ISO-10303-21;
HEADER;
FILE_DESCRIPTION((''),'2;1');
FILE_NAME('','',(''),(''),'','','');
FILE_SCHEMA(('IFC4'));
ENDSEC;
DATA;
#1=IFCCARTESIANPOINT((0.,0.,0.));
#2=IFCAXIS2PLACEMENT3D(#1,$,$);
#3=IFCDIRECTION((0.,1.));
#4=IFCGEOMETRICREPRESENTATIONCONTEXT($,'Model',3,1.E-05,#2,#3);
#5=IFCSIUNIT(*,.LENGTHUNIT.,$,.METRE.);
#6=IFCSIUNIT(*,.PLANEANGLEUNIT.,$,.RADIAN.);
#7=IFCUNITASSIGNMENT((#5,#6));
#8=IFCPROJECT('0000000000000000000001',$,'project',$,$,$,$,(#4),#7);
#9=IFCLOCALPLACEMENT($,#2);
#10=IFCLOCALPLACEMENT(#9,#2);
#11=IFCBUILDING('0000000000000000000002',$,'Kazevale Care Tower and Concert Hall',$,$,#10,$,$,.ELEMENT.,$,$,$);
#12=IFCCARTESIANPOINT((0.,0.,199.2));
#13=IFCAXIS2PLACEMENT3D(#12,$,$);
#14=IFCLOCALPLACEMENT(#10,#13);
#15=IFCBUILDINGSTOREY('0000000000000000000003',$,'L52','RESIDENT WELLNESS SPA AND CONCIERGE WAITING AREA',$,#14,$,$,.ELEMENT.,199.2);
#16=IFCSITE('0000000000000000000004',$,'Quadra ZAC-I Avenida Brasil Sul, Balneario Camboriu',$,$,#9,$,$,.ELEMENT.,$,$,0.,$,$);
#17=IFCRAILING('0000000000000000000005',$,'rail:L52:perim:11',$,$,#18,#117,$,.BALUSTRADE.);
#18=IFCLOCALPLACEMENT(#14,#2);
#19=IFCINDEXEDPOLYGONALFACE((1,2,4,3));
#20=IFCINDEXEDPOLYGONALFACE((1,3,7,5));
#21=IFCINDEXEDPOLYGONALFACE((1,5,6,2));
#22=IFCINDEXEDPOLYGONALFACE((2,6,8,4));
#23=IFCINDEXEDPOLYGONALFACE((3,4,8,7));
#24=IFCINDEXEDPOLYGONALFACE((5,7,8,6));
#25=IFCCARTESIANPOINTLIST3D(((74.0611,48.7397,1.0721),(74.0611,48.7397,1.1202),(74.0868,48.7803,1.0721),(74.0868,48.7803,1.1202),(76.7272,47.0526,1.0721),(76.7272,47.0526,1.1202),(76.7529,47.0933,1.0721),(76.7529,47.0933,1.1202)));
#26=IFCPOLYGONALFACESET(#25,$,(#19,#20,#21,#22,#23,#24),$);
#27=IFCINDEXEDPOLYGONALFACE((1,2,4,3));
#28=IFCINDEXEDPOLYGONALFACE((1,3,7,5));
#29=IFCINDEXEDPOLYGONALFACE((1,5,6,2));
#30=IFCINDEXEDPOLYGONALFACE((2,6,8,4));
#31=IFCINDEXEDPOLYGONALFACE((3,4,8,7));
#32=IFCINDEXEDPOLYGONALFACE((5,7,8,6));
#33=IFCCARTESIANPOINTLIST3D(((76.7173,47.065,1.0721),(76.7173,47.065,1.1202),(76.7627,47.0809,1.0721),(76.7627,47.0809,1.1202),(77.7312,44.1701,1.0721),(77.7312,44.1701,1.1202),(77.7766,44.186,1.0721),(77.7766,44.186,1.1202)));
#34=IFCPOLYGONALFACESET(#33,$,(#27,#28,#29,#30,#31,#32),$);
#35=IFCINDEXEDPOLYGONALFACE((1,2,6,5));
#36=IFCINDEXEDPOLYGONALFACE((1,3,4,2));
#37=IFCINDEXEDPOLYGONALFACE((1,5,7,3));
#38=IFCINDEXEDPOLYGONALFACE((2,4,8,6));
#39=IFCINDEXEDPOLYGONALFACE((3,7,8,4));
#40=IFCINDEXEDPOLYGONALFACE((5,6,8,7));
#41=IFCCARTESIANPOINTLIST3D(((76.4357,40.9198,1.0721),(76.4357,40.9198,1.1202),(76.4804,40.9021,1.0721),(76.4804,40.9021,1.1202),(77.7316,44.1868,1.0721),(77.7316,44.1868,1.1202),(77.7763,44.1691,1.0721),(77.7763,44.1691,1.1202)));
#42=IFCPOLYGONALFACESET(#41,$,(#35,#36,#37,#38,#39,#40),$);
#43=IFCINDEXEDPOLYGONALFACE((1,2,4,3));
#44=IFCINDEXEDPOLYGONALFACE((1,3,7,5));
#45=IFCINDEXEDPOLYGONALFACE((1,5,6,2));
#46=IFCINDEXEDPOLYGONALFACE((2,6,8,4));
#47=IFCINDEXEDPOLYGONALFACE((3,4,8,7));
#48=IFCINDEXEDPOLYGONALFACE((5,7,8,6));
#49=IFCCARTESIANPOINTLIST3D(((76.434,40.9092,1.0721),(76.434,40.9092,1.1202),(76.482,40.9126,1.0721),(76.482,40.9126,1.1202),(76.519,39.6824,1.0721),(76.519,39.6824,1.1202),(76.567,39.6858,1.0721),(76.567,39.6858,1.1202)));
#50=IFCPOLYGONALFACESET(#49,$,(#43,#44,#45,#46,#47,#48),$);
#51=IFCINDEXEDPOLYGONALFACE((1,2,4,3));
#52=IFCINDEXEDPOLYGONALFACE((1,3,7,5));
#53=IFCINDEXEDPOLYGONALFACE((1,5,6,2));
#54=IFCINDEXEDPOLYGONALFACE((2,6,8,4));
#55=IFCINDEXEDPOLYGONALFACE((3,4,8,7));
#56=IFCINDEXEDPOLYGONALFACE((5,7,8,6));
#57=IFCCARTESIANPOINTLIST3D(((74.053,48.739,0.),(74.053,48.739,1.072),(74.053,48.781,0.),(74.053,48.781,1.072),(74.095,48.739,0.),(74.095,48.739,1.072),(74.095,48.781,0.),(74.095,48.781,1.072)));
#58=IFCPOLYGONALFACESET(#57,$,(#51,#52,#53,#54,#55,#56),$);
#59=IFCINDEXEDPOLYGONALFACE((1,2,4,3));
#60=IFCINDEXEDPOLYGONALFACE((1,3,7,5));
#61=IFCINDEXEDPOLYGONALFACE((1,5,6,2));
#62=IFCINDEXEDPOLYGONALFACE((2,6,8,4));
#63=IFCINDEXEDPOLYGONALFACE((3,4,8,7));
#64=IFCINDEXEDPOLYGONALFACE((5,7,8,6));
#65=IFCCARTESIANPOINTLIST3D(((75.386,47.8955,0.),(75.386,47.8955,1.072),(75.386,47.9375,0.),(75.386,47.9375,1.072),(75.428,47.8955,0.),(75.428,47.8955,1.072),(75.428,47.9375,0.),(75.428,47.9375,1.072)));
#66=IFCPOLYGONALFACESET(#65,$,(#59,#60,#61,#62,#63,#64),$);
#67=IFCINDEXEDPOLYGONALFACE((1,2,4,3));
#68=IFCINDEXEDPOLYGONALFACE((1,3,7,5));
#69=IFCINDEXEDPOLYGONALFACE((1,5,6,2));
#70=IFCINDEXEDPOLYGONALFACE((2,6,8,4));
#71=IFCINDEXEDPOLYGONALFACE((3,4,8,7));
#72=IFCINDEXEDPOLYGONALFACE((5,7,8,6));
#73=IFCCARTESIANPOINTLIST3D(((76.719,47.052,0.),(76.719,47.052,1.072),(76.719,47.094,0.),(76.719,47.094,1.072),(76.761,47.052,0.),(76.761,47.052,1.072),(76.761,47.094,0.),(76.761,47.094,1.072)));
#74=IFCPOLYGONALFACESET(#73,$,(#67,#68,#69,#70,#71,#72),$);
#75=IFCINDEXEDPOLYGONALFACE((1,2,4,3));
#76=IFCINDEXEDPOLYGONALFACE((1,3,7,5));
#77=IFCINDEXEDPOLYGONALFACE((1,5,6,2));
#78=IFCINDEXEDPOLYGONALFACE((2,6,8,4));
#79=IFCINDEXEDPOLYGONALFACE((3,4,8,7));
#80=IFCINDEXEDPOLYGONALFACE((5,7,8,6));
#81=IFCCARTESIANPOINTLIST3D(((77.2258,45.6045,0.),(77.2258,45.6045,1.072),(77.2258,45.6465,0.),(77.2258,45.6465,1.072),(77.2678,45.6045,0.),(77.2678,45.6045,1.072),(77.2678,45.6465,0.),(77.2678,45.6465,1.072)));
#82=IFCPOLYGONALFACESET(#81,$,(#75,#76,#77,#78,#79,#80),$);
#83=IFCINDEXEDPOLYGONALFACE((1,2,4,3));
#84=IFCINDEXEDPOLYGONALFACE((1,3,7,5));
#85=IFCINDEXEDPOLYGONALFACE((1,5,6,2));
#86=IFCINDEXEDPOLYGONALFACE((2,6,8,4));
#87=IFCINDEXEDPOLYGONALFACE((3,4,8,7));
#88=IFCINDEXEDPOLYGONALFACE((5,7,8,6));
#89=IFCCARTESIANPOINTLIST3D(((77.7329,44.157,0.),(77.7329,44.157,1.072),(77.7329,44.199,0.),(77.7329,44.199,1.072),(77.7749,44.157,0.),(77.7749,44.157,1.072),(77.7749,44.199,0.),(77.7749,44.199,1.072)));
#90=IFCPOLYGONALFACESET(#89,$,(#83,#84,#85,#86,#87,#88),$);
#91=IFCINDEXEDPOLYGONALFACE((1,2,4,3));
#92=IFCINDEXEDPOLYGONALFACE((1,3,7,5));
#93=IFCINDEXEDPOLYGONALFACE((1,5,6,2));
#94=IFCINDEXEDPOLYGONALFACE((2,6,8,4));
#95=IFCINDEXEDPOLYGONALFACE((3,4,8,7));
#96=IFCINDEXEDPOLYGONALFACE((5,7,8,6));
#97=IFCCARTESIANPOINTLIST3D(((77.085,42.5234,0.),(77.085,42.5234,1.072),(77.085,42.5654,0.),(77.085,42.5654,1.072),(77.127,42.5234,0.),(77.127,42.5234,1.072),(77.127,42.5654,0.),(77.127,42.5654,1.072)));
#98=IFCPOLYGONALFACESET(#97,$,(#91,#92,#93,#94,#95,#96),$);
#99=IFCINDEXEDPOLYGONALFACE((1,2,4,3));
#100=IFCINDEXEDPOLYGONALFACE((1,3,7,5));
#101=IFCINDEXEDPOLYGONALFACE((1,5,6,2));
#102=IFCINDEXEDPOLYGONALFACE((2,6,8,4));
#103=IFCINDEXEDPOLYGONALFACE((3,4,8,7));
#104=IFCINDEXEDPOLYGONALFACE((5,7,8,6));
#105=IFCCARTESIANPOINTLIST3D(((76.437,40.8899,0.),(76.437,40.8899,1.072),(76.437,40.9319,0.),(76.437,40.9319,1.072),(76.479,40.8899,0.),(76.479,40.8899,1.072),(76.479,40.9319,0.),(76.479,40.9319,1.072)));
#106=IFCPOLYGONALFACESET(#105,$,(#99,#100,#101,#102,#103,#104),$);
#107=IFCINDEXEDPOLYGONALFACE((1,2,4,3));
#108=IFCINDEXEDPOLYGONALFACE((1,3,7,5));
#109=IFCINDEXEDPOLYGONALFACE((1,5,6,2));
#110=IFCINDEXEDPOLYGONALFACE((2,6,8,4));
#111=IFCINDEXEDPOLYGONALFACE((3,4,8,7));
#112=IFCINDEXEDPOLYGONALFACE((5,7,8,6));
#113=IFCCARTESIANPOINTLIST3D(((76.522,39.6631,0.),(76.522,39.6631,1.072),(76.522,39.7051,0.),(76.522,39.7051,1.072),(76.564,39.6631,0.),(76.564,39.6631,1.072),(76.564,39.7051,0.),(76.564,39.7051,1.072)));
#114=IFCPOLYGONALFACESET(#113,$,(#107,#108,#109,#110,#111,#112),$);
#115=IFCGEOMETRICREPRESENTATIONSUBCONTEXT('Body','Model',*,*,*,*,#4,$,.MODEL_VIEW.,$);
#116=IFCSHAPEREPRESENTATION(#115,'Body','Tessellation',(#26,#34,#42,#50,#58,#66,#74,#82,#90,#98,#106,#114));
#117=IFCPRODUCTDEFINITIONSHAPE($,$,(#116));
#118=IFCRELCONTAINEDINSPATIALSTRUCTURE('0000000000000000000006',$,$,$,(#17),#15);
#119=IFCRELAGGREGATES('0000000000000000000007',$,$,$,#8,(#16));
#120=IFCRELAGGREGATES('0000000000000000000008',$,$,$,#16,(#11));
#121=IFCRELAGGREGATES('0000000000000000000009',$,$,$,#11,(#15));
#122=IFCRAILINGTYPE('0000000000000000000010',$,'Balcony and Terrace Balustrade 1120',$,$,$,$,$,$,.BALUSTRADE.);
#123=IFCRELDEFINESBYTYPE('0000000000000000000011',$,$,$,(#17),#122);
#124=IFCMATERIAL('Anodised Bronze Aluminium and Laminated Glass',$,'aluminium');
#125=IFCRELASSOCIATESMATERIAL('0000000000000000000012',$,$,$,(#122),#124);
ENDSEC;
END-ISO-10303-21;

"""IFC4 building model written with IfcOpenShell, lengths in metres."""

from ifc_helpers import new_model, si_unit, direction, frame, origin, origin_2d, place, context, subcontext, project, spatial, rectangle, extrude, material, type_object, element, save


model = new_model("IFC4")

# Units and contexts
model_context = context("Model", 3, precision=1e-05, world=origin(), true_north=direction((0.0, 1.0)))
body_context = subcontext(model_context, "Body", "Model", "MODEL_VIEW")
ifc_project = project(units=[si_unit("LENGTHUNIT", "METRE"), si_unit("PLANEANGLEUNIT", "RADIAN")], contexts=[model_context])

# Site, building, storey
site_placement = place(None, origin())
site = spatial("IfcSite", under=ifc_project, at=site_placement, Name="Quadra ZAC-I Avenida Brasil Sul, Balneario Camboriu", CompositionType="ELEMENT", RefElevation=0.0)
building_placement = place(site_placement, origin())
building = spatial("IfcBuilding", under=site, at=building_placement, Name="Kazevale Care Tower and Concert Hall", CompositionType="ELEMENT")
storey_placement = place(building_placement, frame((0.0, 0.0, 199.2)))
storey = spatial("IfcBuildingStorey", under=building, at=storey_placement, Name="L52", Description="RESIDENT WELLNESS SPA AND CONCIERGE WAITING AREA", CompositionType="ELEMENT", Elevation=199.2)

# Railing
ifc_material_1 = material(Name="Anodised Bronze Aluminium and Laminated Glass", Category="aluminium")
railing_type = type_object("IfcRailingType", Name="Balcony and Terrace Balustrade 1120", PredefinedType="BALUSTRADE", material=ifc_material_1)
railing_1_placement = place(storey_placement, frame((74.074, 48.76, 0.0)))
element("IfcRailing", 1, at=railing_1_placement, inside=storey, type_object=railing_type, Name="rail:L52:perim:11", PredefinedType="BALUSTRADE", context=body_context, shape_type="SweptSolid", body=[
    extrude(rectangle(XDim=0.0481, YDim=0.0481, at=origin_2d()), frame((0.0, 0.0, 1.0962), z_axis=(0.845029, -0.534721, 0.0), x_axis=(0.534721, 0.845029, 0.0)), (0.0, 0.0, 1.0), 3.155),
    extrude(rectangle(XDim=0.0481, YDim=0.0481, at=origin_2d()), frame((2.666, -1.687, 1.0962), z_axis=(0.330542, -0.943791, 0.0), x_axis=(0.943791, 0.330542, 0.0)), (0.0, 0.0, 1.0), 3.0674),
    extrude(rectangle(XDim=0.0481, YDim=0.0481, at=origin_2d()), frame((3.6799, -4.582, 1.0962), z_axis=(-0.368706, -0.929546, 0.0), x_axis=(0.929546, -0.368706, 0.0)), (0.0, 0.0, 1.0), 3.5146),
    extrude(rectangle(XDim=0.0481, YDim=0.0481, at=origin_2d()), frame((2.384, -7.8491, 1.0962), z_axis=(0.069088, -0.997611, 0.0), x_axis=(0.997611, 0.069088, 0.0)), (0.0, 0.0, 1.0), 1.2297),
    extrude(rectangle(XDim=0.042, YDim=0.042, at=origin_2d()), origin(), (0.0, 0.0, 1.0), 1.072),
    extrude(rectangle(XDim=0.042, YDim=0.042, at=origin_2d()), frame((1.333, -0.8435, 0.0)), (0.0, 0.0, 1.0), 1.072),
    extrude(rectangle(XDim=0.042, YDim=0.042, at=origin_2d()), frame((2.666, -1.687, 0.0)), (0.0, 0.0, 1.0), 1.072),
    extrude(rectangle(XDim=0.042, YDim=0.042, at=origin_2d()), frame((3.1729, -3.1345, 0.0)), (0.0, 0.0, 1.0), 1.072),
    extrude(rectangle(XDim=0.042, YDim=0.042, at=origin_2d()), frame((3.6799, -4.582, 0.0)), (0.0, 0.0, 1.0), 1.072),
    extrude(rectangle(XDim=0.042, YDim=0.042, at=origin_2d()), frame((3.032, -6.2156, 0.0)), (0.0, 0.0, 1.0), 1.072),
    extrude(rectangle(XDim=0.042, YDim=0.042, at=origin_2d()), frame((2.384, -7.8491, 0.0)), (0.0, 0.0, 1.0), 1.072),
    extrude(rectangle(XDim=0.042, YDim=0.042, at=origin_2d()), frame((2.469, -9.0759, 0.0)), (0.0, 0.0, 1.0), 1.072),
])

save(model, "model.ifc")
